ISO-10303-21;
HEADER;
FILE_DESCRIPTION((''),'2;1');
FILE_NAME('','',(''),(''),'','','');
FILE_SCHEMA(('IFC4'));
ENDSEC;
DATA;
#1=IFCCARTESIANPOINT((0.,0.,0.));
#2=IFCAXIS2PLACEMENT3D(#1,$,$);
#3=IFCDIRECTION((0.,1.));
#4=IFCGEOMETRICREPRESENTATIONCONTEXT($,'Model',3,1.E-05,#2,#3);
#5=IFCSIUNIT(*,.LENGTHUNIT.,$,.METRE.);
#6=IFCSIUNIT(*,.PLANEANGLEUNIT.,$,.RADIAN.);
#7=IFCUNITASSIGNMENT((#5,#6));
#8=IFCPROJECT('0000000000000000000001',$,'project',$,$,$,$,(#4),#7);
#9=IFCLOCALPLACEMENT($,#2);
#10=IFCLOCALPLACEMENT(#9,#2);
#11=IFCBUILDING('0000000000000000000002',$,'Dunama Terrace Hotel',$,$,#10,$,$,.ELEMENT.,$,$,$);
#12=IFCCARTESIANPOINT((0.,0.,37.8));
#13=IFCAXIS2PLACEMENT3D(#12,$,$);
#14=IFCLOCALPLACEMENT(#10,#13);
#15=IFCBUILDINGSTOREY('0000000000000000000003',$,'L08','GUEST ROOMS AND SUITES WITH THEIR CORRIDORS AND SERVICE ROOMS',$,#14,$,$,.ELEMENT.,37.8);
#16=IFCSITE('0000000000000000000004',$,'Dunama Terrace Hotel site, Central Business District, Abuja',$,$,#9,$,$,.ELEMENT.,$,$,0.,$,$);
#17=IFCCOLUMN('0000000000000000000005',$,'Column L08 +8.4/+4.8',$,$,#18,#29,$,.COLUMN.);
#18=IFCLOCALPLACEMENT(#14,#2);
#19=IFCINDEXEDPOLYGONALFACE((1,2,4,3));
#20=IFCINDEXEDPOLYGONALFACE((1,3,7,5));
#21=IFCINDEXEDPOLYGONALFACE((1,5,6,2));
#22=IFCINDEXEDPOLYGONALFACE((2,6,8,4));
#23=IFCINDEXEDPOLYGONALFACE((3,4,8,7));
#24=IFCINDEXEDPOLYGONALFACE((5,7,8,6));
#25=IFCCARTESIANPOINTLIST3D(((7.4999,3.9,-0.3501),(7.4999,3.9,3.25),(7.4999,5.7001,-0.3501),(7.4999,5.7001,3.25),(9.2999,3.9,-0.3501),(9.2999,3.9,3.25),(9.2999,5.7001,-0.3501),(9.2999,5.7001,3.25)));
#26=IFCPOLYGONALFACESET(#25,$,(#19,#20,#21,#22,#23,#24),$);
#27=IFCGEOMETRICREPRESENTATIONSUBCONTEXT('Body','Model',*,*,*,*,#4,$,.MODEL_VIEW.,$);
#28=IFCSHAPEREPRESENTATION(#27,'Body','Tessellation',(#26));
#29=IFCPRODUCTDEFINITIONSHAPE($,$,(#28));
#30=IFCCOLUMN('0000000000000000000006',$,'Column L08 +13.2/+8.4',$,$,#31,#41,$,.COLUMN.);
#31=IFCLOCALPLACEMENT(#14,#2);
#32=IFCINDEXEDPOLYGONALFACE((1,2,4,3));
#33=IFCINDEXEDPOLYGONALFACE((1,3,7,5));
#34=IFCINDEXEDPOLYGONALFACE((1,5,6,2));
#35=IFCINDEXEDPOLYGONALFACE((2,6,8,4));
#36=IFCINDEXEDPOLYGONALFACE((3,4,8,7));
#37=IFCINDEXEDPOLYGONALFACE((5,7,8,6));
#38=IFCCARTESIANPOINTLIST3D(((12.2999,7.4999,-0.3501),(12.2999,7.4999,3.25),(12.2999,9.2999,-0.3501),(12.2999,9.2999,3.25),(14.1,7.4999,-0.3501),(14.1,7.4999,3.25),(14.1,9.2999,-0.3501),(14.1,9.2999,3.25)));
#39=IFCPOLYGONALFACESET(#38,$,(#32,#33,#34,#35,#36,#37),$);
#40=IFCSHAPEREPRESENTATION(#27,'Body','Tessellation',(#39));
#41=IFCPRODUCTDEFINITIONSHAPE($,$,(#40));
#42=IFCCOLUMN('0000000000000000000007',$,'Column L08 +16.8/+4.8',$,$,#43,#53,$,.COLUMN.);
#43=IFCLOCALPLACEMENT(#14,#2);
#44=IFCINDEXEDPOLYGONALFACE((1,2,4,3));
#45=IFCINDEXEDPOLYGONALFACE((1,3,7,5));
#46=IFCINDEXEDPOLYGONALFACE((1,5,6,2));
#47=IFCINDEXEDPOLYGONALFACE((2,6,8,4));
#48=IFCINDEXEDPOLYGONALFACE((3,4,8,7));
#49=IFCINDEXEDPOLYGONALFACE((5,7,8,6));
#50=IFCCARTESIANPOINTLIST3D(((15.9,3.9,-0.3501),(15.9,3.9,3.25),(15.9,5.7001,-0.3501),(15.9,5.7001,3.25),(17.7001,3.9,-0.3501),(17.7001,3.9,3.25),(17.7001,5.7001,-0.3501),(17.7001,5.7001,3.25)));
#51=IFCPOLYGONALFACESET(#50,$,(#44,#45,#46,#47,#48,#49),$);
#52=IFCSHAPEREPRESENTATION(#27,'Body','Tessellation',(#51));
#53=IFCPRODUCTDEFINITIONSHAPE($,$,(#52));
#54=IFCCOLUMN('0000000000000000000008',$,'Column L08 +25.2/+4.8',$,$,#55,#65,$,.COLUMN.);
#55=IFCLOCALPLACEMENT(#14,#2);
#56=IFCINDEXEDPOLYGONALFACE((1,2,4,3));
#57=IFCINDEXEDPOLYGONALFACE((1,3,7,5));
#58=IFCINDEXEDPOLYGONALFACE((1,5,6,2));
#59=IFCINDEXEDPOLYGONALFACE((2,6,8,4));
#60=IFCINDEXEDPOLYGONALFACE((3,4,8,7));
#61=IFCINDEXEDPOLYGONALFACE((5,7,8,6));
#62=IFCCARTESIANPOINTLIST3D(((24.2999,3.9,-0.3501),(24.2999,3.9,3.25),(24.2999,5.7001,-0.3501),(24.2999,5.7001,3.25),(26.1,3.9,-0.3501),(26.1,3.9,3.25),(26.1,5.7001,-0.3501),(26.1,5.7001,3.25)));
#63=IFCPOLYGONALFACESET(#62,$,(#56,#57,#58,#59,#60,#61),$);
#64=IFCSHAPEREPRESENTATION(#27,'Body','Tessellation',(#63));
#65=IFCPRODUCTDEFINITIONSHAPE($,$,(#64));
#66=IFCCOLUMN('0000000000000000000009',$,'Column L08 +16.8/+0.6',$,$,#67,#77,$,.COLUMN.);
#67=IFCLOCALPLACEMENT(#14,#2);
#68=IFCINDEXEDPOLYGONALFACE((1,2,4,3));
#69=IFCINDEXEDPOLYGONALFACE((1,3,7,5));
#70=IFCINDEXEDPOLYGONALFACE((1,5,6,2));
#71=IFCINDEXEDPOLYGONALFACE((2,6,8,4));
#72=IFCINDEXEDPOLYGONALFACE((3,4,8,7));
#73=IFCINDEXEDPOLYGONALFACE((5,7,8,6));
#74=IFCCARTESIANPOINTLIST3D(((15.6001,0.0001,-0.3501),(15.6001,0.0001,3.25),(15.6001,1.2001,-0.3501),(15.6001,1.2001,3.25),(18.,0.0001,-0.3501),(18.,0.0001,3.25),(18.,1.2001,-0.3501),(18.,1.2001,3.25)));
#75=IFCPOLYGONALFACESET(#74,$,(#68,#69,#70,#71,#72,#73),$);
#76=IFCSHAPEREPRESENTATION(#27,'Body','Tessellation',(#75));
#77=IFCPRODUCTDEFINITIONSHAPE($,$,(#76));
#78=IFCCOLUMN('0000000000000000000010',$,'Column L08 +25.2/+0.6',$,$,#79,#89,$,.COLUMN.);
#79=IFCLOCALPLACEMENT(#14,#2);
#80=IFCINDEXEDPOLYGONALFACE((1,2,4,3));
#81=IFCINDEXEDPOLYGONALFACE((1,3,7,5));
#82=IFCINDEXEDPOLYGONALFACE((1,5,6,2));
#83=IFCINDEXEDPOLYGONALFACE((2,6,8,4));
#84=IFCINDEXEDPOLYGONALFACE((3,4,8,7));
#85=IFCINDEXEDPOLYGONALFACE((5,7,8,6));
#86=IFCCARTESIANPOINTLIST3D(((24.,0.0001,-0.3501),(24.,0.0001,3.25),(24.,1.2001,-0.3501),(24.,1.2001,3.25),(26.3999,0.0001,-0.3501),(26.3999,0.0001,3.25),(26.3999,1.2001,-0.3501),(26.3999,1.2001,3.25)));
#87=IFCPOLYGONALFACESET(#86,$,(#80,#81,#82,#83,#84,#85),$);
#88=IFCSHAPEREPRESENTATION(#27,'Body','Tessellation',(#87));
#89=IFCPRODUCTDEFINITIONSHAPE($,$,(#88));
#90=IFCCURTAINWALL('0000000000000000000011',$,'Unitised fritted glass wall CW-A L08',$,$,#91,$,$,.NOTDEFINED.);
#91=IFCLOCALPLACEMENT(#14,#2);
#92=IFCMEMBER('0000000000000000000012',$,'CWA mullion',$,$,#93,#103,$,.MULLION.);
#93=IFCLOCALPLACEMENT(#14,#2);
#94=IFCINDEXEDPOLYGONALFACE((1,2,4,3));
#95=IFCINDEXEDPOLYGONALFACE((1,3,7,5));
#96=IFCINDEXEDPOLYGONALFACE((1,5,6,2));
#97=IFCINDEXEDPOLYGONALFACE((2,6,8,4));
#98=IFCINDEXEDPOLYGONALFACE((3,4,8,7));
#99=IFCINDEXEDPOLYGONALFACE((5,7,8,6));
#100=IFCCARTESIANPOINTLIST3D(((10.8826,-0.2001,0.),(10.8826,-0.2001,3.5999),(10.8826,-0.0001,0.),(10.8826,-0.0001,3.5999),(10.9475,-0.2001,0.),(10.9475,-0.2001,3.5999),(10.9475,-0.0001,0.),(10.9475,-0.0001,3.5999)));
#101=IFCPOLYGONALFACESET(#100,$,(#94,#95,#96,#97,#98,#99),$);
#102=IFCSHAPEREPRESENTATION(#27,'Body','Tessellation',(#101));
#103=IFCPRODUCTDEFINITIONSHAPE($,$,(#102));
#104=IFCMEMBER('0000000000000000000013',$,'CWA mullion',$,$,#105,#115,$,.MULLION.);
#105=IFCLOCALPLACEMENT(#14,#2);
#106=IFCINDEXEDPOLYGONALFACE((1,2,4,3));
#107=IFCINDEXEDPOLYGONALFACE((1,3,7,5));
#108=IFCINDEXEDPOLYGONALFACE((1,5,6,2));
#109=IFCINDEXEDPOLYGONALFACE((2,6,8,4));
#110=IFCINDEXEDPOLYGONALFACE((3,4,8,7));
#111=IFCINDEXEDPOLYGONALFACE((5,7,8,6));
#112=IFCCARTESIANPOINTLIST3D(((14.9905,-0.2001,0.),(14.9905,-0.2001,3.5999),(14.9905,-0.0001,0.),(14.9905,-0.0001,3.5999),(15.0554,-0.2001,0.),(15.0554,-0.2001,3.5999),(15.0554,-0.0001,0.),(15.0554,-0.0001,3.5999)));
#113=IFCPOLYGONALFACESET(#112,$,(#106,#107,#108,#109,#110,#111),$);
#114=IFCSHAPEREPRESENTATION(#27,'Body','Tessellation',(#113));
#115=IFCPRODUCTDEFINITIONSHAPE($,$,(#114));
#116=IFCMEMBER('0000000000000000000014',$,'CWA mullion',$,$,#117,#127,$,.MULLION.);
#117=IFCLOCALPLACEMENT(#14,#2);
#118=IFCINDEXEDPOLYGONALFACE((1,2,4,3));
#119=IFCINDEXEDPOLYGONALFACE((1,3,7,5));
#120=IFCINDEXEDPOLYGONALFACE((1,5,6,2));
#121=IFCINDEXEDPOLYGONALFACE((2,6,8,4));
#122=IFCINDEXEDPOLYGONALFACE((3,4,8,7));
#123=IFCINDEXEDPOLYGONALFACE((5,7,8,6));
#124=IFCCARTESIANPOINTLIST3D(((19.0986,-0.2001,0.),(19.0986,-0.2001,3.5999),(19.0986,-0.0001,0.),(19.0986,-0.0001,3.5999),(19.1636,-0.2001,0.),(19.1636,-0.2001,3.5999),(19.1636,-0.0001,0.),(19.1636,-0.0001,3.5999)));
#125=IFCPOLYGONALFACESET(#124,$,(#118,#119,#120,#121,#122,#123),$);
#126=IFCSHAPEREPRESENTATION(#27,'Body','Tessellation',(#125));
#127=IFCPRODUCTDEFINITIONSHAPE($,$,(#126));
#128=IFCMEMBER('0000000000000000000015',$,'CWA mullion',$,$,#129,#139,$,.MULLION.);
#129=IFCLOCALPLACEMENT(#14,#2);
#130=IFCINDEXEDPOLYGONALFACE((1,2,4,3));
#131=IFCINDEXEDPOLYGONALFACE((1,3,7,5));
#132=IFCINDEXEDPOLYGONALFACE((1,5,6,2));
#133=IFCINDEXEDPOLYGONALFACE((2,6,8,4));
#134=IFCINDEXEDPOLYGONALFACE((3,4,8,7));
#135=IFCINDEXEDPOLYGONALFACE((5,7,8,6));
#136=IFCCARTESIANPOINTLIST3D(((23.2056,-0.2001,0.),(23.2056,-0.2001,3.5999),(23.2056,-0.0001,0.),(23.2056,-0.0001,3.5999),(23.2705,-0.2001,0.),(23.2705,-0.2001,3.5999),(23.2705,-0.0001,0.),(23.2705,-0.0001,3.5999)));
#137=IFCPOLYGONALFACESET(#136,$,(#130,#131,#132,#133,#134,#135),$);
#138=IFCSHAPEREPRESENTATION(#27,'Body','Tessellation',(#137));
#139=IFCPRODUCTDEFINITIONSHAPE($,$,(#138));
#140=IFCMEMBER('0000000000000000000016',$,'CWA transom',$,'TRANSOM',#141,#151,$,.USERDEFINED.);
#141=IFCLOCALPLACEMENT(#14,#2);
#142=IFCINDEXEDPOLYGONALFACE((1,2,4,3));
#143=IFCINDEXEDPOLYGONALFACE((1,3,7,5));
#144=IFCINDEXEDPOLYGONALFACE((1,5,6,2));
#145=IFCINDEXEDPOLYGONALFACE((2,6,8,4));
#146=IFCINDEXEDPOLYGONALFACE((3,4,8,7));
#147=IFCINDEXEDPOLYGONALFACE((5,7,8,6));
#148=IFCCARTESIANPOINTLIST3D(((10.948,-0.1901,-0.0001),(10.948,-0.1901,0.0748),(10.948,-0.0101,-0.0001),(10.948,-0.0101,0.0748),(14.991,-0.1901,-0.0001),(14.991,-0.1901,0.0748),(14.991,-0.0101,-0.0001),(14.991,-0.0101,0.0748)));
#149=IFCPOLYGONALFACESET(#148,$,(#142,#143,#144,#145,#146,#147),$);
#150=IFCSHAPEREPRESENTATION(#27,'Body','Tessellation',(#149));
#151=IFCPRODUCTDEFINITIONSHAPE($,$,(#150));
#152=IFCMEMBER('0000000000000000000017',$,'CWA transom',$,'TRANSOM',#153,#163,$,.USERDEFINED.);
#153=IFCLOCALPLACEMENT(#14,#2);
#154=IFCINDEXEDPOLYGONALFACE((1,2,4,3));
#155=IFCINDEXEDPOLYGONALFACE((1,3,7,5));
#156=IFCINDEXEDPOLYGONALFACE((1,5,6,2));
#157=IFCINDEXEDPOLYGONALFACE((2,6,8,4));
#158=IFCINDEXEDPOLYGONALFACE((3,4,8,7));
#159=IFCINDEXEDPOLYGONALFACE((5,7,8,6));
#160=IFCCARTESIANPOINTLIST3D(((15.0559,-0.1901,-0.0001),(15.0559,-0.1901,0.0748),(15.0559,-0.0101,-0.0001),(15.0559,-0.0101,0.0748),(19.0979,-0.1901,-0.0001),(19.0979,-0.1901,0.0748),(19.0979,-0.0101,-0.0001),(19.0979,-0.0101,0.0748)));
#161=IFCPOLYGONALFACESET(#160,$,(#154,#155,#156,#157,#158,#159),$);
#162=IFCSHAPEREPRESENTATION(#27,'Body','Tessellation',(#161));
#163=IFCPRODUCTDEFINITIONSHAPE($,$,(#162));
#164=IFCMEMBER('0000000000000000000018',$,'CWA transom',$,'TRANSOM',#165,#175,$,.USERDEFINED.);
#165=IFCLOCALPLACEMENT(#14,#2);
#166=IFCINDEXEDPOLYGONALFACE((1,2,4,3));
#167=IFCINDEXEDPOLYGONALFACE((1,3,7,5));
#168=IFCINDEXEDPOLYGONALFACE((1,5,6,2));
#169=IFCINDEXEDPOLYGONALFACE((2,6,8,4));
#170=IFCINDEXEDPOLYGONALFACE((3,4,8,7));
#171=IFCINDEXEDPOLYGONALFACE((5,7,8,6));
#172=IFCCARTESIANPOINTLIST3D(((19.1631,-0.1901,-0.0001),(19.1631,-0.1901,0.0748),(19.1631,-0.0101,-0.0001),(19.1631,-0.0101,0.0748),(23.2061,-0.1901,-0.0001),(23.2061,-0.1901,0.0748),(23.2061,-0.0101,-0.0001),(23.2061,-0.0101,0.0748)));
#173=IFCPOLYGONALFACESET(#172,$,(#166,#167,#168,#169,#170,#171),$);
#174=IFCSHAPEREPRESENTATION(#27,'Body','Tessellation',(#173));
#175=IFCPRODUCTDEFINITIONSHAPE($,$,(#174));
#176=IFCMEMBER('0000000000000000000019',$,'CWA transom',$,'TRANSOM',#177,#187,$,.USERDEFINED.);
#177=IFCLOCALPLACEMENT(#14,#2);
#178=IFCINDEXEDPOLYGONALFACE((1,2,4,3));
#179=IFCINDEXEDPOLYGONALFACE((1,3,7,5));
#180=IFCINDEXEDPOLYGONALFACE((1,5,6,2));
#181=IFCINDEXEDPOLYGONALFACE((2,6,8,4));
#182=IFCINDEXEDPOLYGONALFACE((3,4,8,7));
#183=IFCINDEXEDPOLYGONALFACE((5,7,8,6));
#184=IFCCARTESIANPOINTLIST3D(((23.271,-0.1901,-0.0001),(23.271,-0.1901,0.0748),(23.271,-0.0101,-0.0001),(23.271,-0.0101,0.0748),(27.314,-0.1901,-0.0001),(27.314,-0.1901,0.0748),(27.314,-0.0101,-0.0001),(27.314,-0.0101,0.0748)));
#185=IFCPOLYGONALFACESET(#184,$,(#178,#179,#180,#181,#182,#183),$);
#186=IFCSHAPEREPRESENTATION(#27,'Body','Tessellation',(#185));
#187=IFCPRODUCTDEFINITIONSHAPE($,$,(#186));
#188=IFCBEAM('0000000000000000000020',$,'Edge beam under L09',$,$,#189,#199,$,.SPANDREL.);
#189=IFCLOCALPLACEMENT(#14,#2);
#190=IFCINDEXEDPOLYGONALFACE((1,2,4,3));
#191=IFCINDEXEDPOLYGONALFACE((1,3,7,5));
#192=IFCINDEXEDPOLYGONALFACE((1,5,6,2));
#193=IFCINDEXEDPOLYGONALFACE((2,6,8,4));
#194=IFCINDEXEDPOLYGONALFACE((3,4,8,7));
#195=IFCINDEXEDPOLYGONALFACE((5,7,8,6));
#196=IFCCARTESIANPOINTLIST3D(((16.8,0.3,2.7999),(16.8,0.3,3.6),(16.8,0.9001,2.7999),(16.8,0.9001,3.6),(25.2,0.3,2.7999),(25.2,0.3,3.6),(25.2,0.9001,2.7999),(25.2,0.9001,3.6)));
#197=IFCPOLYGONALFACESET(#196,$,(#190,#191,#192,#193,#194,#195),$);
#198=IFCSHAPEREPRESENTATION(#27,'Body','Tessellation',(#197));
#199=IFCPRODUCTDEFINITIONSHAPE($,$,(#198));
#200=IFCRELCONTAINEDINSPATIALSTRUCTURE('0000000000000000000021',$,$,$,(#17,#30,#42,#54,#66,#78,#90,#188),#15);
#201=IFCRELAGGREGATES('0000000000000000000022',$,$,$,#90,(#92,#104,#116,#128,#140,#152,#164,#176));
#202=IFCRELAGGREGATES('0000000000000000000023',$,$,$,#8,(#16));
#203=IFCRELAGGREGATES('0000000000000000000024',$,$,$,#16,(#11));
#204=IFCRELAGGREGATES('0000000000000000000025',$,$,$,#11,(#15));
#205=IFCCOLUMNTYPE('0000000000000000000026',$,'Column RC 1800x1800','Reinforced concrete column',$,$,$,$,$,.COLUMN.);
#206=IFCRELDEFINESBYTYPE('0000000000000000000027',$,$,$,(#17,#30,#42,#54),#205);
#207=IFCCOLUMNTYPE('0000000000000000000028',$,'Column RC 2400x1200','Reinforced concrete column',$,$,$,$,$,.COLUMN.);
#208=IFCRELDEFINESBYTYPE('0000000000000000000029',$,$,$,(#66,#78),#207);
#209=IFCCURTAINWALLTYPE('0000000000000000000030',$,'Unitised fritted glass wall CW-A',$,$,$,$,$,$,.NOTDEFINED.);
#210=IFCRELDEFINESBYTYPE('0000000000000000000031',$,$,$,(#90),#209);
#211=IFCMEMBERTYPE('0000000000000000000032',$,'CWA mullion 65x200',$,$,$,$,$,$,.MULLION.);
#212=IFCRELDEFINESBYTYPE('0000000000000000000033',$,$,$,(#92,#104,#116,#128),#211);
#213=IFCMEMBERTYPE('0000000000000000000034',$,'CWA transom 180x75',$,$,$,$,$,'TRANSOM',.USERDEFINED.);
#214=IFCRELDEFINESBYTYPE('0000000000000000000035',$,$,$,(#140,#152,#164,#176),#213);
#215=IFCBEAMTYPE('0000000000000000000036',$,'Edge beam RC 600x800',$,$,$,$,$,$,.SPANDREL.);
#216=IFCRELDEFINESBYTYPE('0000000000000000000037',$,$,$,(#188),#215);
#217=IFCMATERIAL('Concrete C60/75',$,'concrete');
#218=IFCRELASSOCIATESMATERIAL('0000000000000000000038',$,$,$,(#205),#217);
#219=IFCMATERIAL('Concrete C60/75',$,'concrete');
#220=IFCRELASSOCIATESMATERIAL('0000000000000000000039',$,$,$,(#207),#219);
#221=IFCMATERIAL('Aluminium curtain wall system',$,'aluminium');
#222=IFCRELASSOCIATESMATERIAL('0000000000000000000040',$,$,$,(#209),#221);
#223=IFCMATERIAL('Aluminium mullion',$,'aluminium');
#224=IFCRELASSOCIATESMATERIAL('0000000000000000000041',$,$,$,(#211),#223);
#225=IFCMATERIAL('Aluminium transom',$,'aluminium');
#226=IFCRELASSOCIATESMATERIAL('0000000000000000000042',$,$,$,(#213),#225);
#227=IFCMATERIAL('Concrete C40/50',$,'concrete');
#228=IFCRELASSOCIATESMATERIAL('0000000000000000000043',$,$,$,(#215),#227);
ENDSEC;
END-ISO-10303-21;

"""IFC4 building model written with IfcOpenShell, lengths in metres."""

from ifc_helpers import new_model, si_unit, direction, frame, origin, origin_2d, place, context, subcontext, project, spatial, rectangle, extrude, material, material_profile, profile_set, type_object, element, aggregate, save


model = new_model("IFC4")

# Units and contexts
model_context = context("Model", 3, precision=1e-05, world=origin(), true_north=direction((0.0, 1.0)))
body_context = subcontext(model_context, "Body", "Model", "MODEL_VIEW")
ifc_project = project(units=[si_unit("LENGTHUNIT", "METRE"), si_unit("PLANEANGLEUNIT", "RADIAN")], contexts=[model_context])

# Site, building, storey
site_placement = place(None, origin())
site = spatial("IfcSite", under=ifc_project, at=site_placement, Name="Dunama Terrace Hotel site, Central Business District, Abuja", CompositionType="ELEMENT", RefElevation=0.0)
building_placement = place(site_placement, origin())
building = spatial("IfcBuilding", under=site, at=building_placement, Name="Dunama Terrace Hotel", CompositionType="ELEMENT")
storey_placement = place(building_placement, frame((0.0, 0.0, 37.8)))
storey = spatial("IfcBuildingStorey", under=building, at=storey_placement, Name="L08", Description="GUEST ROOMS AND SUITES WITH THEIR CORRIDORS AND SERVICE ROOMS", CompositionType="ELEMENT", Elevation=37.8)

# Columns
ifc_material_1 = material(Name="Concrete C60/75", Category="concrete")
ifc_material_profile_1 = material_profile(ifc_material_1, rectangle(XDim=1.8, YDim=1.8, at=origin_2d()), Name="RC 1800x1800")
ifc_profile_set_1 = profile_set([ifc_material_profile_1], Name="Concrete C60/75")
column_type_1 = type_object("IfcColumnType", Name="Column RC 1800x1800", Description="Reinforced concrete column", PredefinedType="COLUMN", material=ifc_profile_set_1)
for number, where, z_axis, x_axis, name in (
    (1, (8.3999, 4.8, -0.3501), (0.0, 0.0, 1.0), (1.0, 0.0, 0.0), "Column L08 +8.4/+4.8"),
    (2, (13.2, 8.3999, -0.3501), (0.0, 0.0, 1.0), (1.0, 0.0, 0.0), "Column L08 +13.2/+8.4"),
    (3, (16.8, 4.8, -0.3501), (0.0, 0.0, 1.0), (1.0, 0.0, 0.0), "Column L08 +16.8/+4.8"),
    (4, (25.2, 4.8, -0.3501), (0.0, 0.0, 1.0), (1.0, 0.0, 0.0), "Column L08 +25.2/+4.8"),
):
    element("IfcColumn", number, at=place(storey_placement, frame(where, z_axis=z_axis, x_axis=x_axis)), inside=storey, type_object=column_type_1, Name=name, PredefinedType="COLUMN", context=body_context, shape_type="SweptSolid", body=[
        extrude(rectangle(XDim=1.8, YDim=1.8, at=origin_2d()), origin(), (0.0, 0.0, 1.0), 3.6001),
    ])
ifc_material_2 = material(Name="Concrete C60/75", Category="concrete")
ifc_material_profile_2 = material_profile(ifc_material_2, rectangle(XDim=2.3999, YDim=1.2, at=origin_2d()), Name="RC 2400x1200")
ifc_profile_set_2 = profile_set([ifc_material_profile_2], Name="Concrete C60/75")
column_type_2 = type_object("IfcColumnType", Name="Column RC 2400x1200", Description="Reinforced concrete column", PredefinedType="COLUMN", material=ifc_profile_set_2)
for number, where, z_axis, x_axis, name in (
    (5, (16.8, 0.6001, -0.3501), (0.0, 0.0, 1.0), (1.0, 0.0, 0.0), "Column L08 +16.8/+0.6"),
    (6, (25.2, 0.6001, -0.3501), (0.0, 0.0, 1.0), (1.0, 0.0, 0.0), "Column L08 +25.2/+0.6"),
):
    element("IfcColumn", number, at=place(storey_placement, frame(where, z_axis=z_axis, x_axis=x_axis)), inside=storey, type_object=column_type_2, Name=name, PredefinedType="COLUMN", context=body_context, shape_type="SweptSolid", body=[
        extrude(rectangle(XDim=2.3999, YDim=1.2, at=origin_2d()), origin(), (0.0, 0.0, 1.0), 3.6001),
    ])

# Curtain wall, members
ifc_material_3 = material(Name="Aluminium curtain wall system", Category="aluminium")
curtain_wall_type = type_object("IfcCurtainWallType", Name="Unitised fritted glass wall CW-A", PredefinedType="NOTDEFINED", material=ifc_material_3)
curtain_wall_placement = place(storey_placement, origin())
curtain_wall = element("IfcCurtainWall", 7, at=curtain_wall_placement, inside=storey, type_object=curtain_wall_type, Name="Unitised fritted glass wall CW-A L08", PredefinedType="NOTDEFINED")
ifc_material_4 = material(Name="Aluminium mullion", Category="aluminium")
ifc_material_profile_3 = material_profile(ifc_material_4, rectangle(XDim=0.0649, YDim=0.2, at=origin_2d()), Name="CWA MULLION 65X200")
ifc_profile_set_3 = profile_set([ifc_material_profile_3], Name="Aluminium mullion")
member_type_1 = type_object("IfcMemberType", Name="CWA mullion 65x200", PredefinedType="MULLION", material=ifc_profile_set_3)
member_1_placement = place(storey_placement, frame((10.915, -0.1001, 0.0), z_axis=(0.0, 0.0, 1.0), x_axis=(1.0, 0.0, 0.0)))
member_1 = element("IfcMember", 8, at=member_1_placement, type_object=member_type_1, Name="CWA mullion", PredefinedType="MULLION", context=body_context, shape_type="SweptSolid", body=[
    extrude(rectangle(XDim=0.0649, YDim=0.2, at=origin_2d()), origin(), (0.0, 0.0, 1.0), 3.5999),
])
member_2_placement = place(storey_placement, frame((15.0229, -0.1001, 0.0), z_axis=(0.0, 0.0, 1.0), x_axis=(1.0, 0.0, 0.0)))
member_2 = element("IfcMember", 9, at=member_2_placement, type_object=member_type_1, Name="CWA mullion", PredefinedType="MULLION", context=body_context, shape_type="SweptSolid", body=[
    extrude(rectangle(XDim=0.0649, YDim=0.2, at=origin_2d()), origin(), (0.0, 0.0, 1.0), 3.5999),
])
member_3_placement = place(storey_placement, frame((19.1311, -0.1001, 0.0), z_axis=(0.0, 0.0, 1.0), x_axis=(1.0, 0.0, 0.0)))
member_3 = element("IfcMember", 10, at=member_3_placement, type_object=member_type_1, Name="CWA mullion", PredefinedType="MULLION", context=body_context, shape_type="SweptSolid", body=[
    extrude(rectangle(XDim=0.0649, YDim=0.2, at=origin_2d()), origin(), (0.0, 0.0, 1.0), 3.5999),
])
member_4_placement = place(storey_placement, frame((23.238, -0.1001, 0.0), z_axis=(0.0, 0.0, 1.0), x_axis=(1.0, 0.0, 0.0)))
member_4 = element("IfcMember", 11, at=member_4_placement, type_object=member_type_1, Name="CWA mullion", PredefinedType="MULLION", context=body_context, shape_type="SweptSolid", body=[
    extrude(rectangle(XDim=0.0649, YDim=0.2, at=origin_2d()), origin(), (0.0, 0.0, 1.0), 3.5999),
])
ifc_material_5 = material(Name="Aluminium transom", Category="aluminium")
ifc_material_profile_4 = material_profile(ifc_material_5, rectangle(XDim=0.1799, YDim=0.075, at=origin_2d()), Name="CWA TRANSOM 180X75")
ifc_profile_set_4 = profile_set([ifc_material_profile_4], Name="Aluminium transom")
member_type_2 = type_object("IfcMemberType", Name="CWA transom 180x75", ElementType="TRANSOM", PredefinedType="USERDEFINED", material=ifc_profile_set_4)
member_5_placement = place(storey_placement, frame((10.948, -0.1001, 0.0374), z_axis=(1.0, 0.0, 0.0), x_axis=(0.0, 1.0, 0.0)))
member_5 = element("IfcMember", 12, at=member_5_placement, type_object=member_type_2, Name="CWA transom", ObjectType="TRANSOM", PredefinedType="USERDEFINED", context=body_context, shape_type="SweptSolid", body=[
    extrude(rectangle(XDim=0.1799, YDim=0.075, at=origin_2d()), origin(), (0.0, 0.0, 1.0), 4.043),
])
member_6_placement = place(storey_placement, frame((15.0559, -0.1001, 0.0374), z_axis=(1.0, 0.0, 0.0), x_axis=(0.0, 1.0, 0.0)))
member_6 = element("IfcMember", 13, at=member_6_placement, type_object=member_type_2, Name="CWA transom", ObjectType="TRANSOM", PredefinedType="USERDEFINED", context=body_context, shape_type="SweptSolid", body=[
    extrude(rectangle(XDim=0.1799, YDim=0.075, at=origin_2d()), origin(), (0.0, 0.0, 1.0), 4.042),
])
member_7_placement = place(storey_placement, frame((19.1631, -0.1001, 0.0374), z_axis=(1.0, 0.0, 0.0), x_axis=(0.0, 1.0, 0.0)))
member_7 = element("IfcMember", 14, at=member_7_placement, type_object=member_type_2, Name="CWA transom", ObjectType="TRANSOM", PredefinedType="USERDEFINED", context=body_context, shape_type="SweptSolid", body=[
    extrude(rectangle(XDim=0.1799, YDim=0.075, at=origin_2d()), origin(), (0.0, 0.0, 1.0), 4.043),
])
member_8_placement = place(storey_placement, frame((23.271, -0.1001, 0.0374), z_axis=(1.0, 0.0, 0.0), x_axis=(0.0, 1.0, 0.0)))
member_8 = element("IfcMember", 15, at=member_8_placement, type_object=member_type_2, Name="CWA transom", ObjectType="TRANSOM", PredefinedType="USERDEFINED", context=body_context, shape_type="SweptSolid", body=[
    extrude(rectangle(XDim=0.1799, YDim=0.075, at=origin_2d()), origin(), (0.0, 0.0, 1.0), 4.043),
])

# Beam
ifc_material_6 = material(Name="Concrete C40/50", Category="concrete")
ifc_material_profile_5 = material_profile(ifc_material_6, rectangle(XDim=0.6001, YDim=0.8, at=origin_2d()), Name="RC 600x800")
ifc_profile_set_5 = profile_set([ifc_material_profile_5], Name="Concrete C40/50")
beam_type = type_object("IfcBeamType", Name="Edge beam RC 600x800", PredefinedType="SPANDREL", material=ifc_profile_set_5)
beam_1_placement = place(storey_placement, frame((16.8, 0.6001, 3.2), z_axis=(1.0, 0.0, 0.0), x_axis=(0.0, 1.0, 0.0)))
element("IfcBeam", 16, at=beam_1_placement, inside=storey, type_object=beam_type, Name="Edge beam under L09", PredefinedType="SPANDREL", context=body_context, shape_type="SweptSolid", body=[
    extrude(rectangle(XDim=0.6001, YDim=0.8, at=origin_2d()), origin(), (0.0, 0.0, 1.0), 8.3999),
])

aggregate(curtain_wall, [member_1, member_2, member_3, member_4, member_5, member_6, member_7, member_8])

save(model, "model.ifc")
